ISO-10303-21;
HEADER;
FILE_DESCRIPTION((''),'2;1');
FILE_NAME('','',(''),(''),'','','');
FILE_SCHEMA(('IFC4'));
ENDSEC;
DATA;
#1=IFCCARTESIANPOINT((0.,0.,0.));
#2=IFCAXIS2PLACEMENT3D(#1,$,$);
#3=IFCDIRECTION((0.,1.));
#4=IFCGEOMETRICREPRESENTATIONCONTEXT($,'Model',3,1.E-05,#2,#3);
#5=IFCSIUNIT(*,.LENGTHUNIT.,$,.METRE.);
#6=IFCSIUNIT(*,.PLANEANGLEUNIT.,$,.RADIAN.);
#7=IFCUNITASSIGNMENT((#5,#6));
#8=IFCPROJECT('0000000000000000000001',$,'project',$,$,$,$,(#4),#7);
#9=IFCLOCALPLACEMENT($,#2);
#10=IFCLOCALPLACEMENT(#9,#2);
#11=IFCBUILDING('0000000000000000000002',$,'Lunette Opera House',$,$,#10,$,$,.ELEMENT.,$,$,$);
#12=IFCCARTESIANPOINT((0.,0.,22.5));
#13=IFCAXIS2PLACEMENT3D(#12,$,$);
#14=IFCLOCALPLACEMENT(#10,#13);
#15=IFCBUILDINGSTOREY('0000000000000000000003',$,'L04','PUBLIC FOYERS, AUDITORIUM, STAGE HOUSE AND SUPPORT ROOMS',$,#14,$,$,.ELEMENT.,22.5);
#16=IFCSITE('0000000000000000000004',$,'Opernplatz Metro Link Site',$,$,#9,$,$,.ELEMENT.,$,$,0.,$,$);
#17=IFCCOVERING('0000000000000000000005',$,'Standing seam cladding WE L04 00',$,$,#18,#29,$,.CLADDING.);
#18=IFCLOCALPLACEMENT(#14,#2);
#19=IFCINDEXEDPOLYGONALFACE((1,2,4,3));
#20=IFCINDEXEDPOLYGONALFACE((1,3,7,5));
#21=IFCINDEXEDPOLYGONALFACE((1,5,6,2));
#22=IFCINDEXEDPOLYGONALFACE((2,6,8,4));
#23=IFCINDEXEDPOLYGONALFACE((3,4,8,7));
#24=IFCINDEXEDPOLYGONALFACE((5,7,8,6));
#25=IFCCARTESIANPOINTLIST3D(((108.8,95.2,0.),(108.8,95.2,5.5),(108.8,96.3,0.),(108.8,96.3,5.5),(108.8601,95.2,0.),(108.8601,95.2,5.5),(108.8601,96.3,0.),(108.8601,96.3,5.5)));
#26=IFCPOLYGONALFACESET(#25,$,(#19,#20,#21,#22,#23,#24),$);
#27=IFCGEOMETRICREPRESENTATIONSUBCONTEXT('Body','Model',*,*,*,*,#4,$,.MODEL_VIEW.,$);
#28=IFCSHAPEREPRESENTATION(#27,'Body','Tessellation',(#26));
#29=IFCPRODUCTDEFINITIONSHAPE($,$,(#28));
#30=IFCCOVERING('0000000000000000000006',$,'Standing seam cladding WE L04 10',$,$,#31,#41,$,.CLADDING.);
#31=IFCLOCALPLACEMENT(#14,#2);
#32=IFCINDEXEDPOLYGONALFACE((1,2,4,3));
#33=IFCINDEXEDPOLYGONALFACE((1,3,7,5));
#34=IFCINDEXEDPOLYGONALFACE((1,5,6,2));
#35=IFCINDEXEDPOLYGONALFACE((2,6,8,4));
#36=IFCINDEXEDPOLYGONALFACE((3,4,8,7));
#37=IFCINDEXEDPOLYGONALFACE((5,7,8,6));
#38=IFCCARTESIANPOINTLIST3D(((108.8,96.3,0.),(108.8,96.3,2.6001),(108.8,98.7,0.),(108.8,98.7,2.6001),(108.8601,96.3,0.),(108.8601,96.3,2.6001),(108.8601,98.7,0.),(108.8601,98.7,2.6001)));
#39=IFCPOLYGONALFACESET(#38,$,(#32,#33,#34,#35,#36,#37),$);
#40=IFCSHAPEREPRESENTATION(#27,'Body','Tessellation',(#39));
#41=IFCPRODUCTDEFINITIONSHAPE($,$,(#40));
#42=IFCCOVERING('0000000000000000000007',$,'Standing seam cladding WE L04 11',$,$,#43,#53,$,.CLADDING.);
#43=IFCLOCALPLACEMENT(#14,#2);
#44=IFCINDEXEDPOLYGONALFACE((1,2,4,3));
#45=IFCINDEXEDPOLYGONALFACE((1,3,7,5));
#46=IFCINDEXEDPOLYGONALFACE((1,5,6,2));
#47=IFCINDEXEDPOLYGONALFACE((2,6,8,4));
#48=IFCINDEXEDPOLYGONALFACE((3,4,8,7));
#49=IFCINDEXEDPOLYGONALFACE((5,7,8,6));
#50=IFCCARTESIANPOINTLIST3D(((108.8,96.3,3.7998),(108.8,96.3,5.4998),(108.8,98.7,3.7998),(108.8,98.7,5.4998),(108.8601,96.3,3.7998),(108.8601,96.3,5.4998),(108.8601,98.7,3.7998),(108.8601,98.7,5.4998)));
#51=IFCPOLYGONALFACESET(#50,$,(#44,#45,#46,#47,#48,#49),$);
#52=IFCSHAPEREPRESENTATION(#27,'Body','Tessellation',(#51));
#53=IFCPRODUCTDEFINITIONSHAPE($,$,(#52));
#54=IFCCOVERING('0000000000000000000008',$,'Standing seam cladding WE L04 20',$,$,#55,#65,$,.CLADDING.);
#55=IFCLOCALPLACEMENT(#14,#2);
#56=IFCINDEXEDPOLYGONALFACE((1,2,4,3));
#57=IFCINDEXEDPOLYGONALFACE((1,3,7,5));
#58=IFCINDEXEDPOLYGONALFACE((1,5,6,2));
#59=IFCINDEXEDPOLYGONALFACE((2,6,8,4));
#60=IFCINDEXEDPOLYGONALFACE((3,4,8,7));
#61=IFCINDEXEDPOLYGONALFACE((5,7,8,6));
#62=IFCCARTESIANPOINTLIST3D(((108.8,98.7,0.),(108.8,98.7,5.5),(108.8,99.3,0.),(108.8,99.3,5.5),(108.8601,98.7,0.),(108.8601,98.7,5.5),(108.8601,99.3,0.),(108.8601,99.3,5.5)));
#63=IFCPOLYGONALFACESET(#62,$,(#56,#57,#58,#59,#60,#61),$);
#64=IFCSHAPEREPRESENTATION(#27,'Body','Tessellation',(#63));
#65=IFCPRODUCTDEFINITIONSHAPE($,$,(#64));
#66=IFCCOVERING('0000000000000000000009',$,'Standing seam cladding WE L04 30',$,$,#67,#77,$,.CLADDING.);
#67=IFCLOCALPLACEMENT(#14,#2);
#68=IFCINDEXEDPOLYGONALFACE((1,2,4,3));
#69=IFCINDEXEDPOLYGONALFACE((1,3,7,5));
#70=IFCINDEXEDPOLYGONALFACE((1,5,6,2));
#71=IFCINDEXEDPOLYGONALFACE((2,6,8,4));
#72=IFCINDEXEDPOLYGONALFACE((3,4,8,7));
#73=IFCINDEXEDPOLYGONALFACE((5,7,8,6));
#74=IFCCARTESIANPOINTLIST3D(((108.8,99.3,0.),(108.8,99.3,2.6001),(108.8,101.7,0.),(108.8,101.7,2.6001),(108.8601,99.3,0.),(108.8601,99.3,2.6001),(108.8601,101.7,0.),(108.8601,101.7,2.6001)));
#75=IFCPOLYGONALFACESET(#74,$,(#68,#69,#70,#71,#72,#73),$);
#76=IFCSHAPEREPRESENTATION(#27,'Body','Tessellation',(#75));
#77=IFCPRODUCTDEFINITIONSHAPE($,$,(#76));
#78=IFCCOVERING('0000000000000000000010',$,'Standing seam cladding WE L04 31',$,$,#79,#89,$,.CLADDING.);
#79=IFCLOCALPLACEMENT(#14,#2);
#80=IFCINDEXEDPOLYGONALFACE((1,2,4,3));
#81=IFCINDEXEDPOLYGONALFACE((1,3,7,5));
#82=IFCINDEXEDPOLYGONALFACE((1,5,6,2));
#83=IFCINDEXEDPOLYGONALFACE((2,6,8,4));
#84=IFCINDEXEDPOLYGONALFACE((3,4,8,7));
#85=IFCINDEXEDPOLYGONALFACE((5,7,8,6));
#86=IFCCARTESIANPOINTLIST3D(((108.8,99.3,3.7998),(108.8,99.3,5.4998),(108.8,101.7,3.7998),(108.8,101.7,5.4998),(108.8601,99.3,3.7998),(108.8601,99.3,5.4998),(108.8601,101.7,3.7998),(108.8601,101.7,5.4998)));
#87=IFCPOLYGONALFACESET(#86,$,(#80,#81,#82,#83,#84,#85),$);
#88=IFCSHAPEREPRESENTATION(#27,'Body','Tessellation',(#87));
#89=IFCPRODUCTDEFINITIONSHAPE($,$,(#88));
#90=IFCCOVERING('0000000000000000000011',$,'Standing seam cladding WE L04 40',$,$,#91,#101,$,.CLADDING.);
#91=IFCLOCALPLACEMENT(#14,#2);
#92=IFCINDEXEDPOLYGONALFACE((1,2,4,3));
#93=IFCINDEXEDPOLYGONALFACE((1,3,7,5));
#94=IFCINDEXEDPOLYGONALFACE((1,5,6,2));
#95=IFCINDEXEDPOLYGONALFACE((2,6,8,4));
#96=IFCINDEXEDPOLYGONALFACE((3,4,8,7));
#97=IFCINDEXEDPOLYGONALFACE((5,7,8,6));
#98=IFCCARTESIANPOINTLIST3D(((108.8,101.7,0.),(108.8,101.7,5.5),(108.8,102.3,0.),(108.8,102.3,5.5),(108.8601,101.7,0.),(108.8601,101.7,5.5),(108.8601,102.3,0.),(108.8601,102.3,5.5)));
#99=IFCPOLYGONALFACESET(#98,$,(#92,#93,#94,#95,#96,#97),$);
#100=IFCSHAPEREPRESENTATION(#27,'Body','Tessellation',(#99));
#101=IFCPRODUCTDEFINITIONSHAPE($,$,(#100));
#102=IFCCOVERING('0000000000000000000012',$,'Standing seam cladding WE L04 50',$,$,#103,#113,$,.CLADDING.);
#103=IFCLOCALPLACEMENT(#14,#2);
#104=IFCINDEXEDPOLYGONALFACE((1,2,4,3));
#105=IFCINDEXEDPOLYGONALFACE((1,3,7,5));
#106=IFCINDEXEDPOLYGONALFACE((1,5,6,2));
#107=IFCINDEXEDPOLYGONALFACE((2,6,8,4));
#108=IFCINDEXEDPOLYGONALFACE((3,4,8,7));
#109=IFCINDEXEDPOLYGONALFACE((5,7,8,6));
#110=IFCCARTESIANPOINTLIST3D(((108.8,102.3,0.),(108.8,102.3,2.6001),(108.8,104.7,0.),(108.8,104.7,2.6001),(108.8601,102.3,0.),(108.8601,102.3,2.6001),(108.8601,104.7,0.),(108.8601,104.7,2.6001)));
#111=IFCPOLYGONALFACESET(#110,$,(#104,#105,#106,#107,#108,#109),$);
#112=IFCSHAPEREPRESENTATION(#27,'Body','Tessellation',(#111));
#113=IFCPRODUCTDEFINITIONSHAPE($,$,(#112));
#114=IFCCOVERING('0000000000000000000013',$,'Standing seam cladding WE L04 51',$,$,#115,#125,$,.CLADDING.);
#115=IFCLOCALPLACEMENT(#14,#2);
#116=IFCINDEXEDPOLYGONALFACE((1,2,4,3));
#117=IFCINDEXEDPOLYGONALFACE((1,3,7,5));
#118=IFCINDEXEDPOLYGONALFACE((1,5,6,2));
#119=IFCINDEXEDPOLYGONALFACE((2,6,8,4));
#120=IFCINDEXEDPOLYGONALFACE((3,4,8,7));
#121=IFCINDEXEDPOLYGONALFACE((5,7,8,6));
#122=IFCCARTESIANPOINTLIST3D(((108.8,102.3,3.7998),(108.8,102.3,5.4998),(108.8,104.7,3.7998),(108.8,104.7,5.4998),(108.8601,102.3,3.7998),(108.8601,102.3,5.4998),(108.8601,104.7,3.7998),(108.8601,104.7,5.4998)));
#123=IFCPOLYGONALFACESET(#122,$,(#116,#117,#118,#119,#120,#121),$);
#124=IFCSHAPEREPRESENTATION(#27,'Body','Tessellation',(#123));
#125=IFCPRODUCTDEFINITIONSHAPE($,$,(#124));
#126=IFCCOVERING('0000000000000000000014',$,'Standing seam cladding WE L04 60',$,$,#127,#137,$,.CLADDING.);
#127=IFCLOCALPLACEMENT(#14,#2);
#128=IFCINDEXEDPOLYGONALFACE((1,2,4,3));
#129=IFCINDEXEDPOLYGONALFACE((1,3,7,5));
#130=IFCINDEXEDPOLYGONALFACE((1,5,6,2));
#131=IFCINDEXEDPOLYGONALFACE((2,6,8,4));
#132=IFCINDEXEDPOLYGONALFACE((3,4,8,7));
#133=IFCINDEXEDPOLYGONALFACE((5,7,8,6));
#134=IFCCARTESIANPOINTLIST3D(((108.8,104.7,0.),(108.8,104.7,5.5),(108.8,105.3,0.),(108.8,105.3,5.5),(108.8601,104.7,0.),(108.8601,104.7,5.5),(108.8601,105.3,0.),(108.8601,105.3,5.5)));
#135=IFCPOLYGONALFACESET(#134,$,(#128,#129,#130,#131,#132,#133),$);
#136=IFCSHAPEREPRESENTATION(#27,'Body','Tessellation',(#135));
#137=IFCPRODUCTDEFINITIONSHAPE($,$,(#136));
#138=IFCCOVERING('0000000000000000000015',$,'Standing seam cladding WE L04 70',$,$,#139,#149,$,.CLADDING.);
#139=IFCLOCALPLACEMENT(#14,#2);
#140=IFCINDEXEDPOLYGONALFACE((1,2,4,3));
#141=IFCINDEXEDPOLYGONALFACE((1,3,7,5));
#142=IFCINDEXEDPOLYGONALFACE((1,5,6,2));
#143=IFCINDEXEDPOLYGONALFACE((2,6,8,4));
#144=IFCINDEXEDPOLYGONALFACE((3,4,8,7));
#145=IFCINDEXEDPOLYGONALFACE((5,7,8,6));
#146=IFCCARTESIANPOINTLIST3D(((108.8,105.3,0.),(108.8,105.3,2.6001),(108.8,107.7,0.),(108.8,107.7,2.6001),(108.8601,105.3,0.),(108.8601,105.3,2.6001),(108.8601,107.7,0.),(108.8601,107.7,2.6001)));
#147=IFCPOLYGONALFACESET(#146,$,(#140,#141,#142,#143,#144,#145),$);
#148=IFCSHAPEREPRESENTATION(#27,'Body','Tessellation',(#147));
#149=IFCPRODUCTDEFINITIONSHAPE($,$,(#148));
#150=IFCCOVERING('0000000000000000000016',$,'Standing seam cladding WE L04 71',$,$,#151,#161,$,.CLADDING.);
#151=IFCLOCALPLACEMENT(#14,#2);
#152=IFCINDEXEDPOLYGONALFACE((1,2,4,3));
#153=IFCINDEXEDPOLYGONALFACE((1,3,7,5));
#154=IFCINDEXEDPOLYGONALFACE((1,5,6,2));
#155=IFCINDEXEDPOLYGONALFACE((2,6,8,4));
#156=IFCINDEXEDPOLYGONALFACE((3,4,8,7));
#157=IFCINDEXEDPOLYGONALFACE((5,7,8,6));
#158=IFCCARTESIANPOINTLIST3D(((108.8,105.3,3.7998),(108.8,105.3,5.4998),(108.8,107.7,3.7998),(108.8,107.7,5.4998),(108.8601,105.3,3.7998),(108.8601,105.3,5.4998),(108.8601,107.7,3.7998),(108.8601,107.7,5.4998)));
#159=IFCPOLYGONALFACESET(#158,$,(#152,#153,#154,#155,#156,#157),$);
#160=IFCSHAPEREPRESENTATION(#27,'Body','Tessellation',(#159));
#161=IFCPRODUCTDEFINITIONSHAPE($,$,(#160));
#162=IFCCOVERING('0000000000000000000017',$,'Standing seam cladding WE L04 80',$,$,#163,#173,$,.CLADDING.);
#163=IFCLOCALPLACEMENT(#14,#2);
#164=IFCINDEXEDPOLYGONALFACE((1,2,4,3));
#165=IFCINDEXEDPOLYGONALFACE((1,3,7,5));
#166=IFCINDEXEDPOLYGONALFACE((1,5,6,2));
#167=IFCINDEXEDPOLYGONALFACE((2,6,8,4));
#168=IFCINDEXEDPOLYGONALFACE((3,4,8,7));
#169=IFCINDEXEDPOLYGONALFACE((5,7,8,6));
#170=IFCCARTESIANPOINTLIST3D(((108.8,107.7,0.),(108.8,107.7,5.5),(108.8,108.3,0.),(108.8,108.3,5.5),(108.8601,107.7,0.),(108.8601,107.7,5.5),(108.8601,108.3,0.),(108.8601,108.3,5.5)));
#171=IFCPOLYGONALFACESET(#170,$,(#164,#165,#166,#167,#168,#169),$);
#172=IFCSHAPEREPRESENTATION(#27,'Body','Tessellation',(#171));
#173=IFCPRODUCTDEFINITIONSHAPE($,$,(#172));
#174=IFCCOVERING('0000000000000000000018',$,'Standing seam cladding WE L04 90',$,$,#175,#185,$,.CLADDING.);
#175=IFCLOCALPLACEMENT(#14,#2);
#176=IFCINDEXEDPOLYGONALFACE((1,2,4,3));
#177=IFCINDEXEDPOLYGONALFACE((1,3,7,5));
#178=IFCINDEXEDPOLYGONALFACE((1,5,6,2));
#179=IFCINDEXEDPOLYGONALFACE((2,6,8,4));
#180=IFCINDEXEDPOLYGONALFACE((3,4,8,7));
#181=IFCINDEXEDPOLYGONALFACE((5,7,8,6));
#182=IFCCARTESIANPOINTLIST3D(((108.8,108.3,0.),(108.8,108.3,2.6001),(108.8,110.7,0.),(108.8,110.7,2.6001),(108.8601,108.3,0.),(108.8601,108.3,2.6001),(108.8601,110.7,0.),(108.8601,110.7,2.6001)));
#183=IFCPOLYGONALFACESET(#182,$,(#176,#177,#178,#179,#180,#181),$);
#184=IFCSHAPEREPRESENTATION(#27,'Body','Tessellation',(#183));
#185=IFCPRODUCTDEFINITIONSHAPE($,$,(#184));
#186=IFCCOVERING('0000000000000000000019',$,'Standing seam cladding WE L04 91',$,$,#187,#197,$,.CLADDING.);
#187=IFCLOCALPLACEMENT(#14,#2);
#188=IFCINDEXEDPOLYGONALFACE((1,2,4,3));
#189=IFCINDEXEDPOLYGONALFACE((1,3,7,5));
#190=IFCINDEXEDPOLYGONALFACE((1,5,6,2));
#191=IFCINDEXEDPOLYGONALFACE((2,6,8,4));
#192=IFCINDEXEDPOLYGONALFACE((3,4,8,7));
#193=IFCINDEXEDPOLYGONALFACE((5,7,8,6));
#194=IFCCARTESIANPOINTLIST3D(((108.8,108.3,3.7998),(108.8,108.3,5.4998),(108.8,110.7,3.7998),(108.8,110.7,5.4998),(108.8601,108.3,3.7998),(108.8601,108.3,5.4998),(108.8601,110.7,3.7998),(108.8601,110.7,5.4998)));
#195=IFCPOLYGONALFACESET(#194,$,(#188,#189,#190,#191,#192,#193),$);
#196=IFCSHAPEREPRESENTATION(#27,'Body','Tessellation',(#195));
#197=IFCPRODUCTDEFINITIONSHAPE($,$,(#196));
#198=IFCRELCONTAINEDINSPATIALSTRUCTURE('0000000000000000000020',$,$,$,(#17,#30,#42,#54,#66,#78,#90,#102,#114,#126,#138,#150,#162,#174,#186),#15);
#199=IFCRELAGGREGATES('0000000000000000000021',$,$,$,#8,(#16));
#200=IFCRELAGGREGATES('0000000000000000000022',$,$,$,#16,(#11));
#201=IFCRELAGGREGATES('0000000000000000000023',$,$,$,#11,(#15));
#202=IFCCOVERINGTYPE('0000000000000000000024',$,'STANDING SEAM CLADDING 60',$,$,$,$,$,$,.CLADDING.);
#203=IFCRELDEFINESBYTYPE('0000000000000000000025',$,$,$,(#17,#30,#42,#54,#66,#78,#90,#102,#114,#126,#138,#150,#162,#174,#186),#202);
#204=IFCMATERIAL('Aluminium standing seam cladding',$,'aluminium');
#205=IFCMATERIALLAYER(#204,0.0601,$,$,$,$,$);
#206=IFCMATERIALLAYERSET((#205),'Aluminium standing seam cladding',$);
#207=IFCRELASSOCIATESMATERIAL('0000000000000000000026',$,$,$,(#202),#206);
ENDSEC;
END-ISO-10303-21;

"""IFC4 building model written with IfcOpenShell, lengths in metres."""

from ifc_helpers import new_model, si_unit, direction, frame, origin, origin_2d, place, context, subcontext, project, spatial, rectangle, extrude, material, layer, layer_set, type_object, element, save


model = new_model("IFC4")

# Units and contexts
model_context = context("Model", 3, precision=1e-05, world=origin(), true_north=direction((0.0, 1.0)))
body_context = subcontext(model_context, "Body", "Model", "MODEL_VIEW")
ifc_project = project(units=[si_unit("LENGTHUNIT", "METRE"), si_unit("PLANEANGLEUNIT", "RADIAN")], contexts=[model_context])

# Site, building, storey
site_placement = place(None, origin())
site = spatial("IfcSite", under=ifc_project, at=site_placement, Name="Opernplatz Metro Link Site", CompositionType="ELEMENT", RefElevation=0.0)
building_placement = place(site_placement, origin())
building = spatial("IfcBuilding", under=site, at=building_placement, Name="Lunette Opera House", CompositionType="ELEMENT")
storey_placement = place(building_placement, frame((0.0, 0.0, 22.5)))
storey = spatial("IfcBuildingStorey", under=building, at=storey_placement, Name="L04", Description="PUBLIC FOYERS, AUDITORIUM, STAGE HOUSE AND SUPPORT ROOMS", CompositionType="ELEMENT", Elevation=22.5)

# Coverings
ifc_material_1 = material(Name="Aluminium standing seam cladding", Category="aluminium")
ifc_layer_1 = layer(ifc_material_1, 0.0601)
ifc_layer_set_1 = layer_set([ifc_layer_1], Name="Aluminium standing seam cladding")
covering_type_1 = type_object("IfcCoveringType", Name="STANDING SEAM CLADDING 60", PredefinedType="CLADDING", material=ifc_layer_set_1)
covering_1_placement = place(storey_placement, frame((108.8301, 95.75, 0.0), z_axis=(0.0, 0.0, 1.0), x_axis=(0.0, 1.0, 0.0)))
element("IfcCovering", 1, at=covering_1_placement, inside=storey, type_object=covering_type_1, Name="Standing seam cladding WE L04 00", PredefinedType="CLADDING", context=body_context, shape_type="SweptSolid", body=[
    extrude(rectangle(XDim=1.1001, YDim=0.0601, at=origin_2d()), origin(), (0.0, 0.0, 1.0), 5.5),
])
covering_2_placement = place(storey_placement, frame((108.8301, 97.5, 0.0), z_axis=(0.0, 0.0, 1.0), x_axis=(0.0, 1.0, 0.0)))
element("IfcCovering", 2, at=covering_2_placement, inside=storey, type_object=covering_type_1, Name="Standing seam cladding WE L04 10", PredefinedType="CLADDING", context=body_context, shape_type="SweptSolid", body=[
    extrude(rectangle(XDim=2.3999, YDim=0.0601, at=origin_2d()), origin(), (0.0, 0.0, 1.0), 2.6001),
])
covering_3_placement = place(storey_placement, frame((108.8301, 97.5, 3.7998), z_axis=(0.0, 0.0, 1.0), x_axis=(0.0, 1.0, 0.0)))
element("IfcCovering", 3, at=covering_3_placement, inside=storey, type_object=covering_type_1, Name="Standing seam cladding WE L04 11", PredefinedType="CLADDING", context=body_context, shape_type="SweptSolid", body=[
    extrude(rectangle(XDim=2.3999, YDim=0.0601, at=origin_2d()), origin(), (0.0, 0.0, 1.0), 1.7),
])
covering_4_placement = place(storey_placement, frame((108.8301, 99.0, 0.0), z_axis=(0.0, 0.0, 1.0), x_axis=(0.0, 1.0, 0.0)))
element("IfcCovering", 4, at=covering_4_placement, inside=storey, type_object=covering_type_1, Name="Standing seam cladding WE L04 20", PredefinedType="CLADDING", context=body_context, shape_type="SweptSolid", body=[
    extrude(rectangle(XDim=0.6001, YDim=0.0601, at=origin_2d()), origin(), (0.0, 0.0, 1.0), 5.5),
])
covering_5_placement = place(storey_placement, frame((108.8301, 100.5, 0.0), z_axis=(0.0, 0.0, 1.0), x_axis=(0.0, 1.0, 0.0)))
element("IfcCovering", 5, at=covering_5_placement, inside=storey, type_object=covering_type_1, Name="Standing seam cladding WE L04 30", PredefinedType="CLADDING", context=body_context, shape_type="SweptSolid", body=[
    extrude(rectangle(XDim=2.3999, YDim=0.0601, at=origin_2d()), origin(), (0.0, 0.0, 1.0), 2.6001),
])
covering_6_placement = place(storey_placement, frame((108.8301, 100.5, 3.7998), z_axis=(0.0, 0.0, 1.0), x_axis=(0.0, 1.0, 0.0)))
element("IfcCovering", 6, at=covering_6_placement, inside=storey, type_object=covering_type_1, Name="Standing seam cladding WE L04 31", PredefinedType="CLADDING", context=body_context, shape_type="SweptSolid", body=[
    extrude(rectangle(XDim=2.3999, YDim=0.0601, at=origin_2d()), origin(), (0.0, 0.0, 1.0), 1.7),
])
covering_7_placement = place(storey_placement, frame((108.8301, 102.0, 0.0), z_axis=(0.0, 0.0, 1.0), x_axis=(0.0, 1.0, 0.0)))
element("IfcCovering", 7, at=covering_7_placement, inside=storey, type_object=covering_type_1, Name="Standing seam cladding WE L04 40", PredefinedType="CLADDING", context=body_context, shape_type="SweptSolid", body=[
    extrude(rectangle(XDim=0.6001, YDim=0.0601, at=origin_2d()), origin(), (0.0, 0.0, 1.0), 5.5),
])
covering_8_placement = place(storey_placement, frame((108.8301, 103.5, 0.0), z_axis=(0.0, 0.0, 1.0), x_axis=(0.0, 1.0, 0.0)))
element("IfcCovering", 8, at=covering_8_placement, inside=storey, type_object=covering_type_1, Name="Standing seam cladding WE L04 50", PredefinedType="CLADDING", context=body_context, shape_type="SweptSolid", body=[
    extrude(rectangle(XDim=2.3999, YDim=0.0601, at=origin_2d()), origin(), (0.0, 0.0, 1.0), 2.6001),
])
covering_9_placement = place(storey_placement, frame((108.8301, 103.5, 3.7998), z_axis=(0.0, 0.0, 1.0), x_axis=(0.0, 1.0, 0.0)))
element("IfcCovering", 9, at=covering_9_placement, inside=storey, type_object=covering_type_1, Name="Standing seam cladding WE L04 51", PredefinedType="CLADDING", context=body_context, shape_type="SweptSolid", body=[
    extrude(rectangle(XDim=2.3999, YDim=0.0601, at=origin_2d()), origin(), (0.0, 0.0, 1.0), 1.7),
])
covering_10_placement = place(storey_placement, frame((108.8301, 105.0, 0.0), z_axis=(0.0, 0.0, 1.0), x_axis=(0.0, 1.0, 0.0)))
element("IfcCovering", 10, at=covering_10_placement, inside=storey, type_object=covering_type_1, Name="Standing seam cladding WE L04 60", PredefinedType="CLADDING", context=body_context, shape_type="SweptSolid", body=[
    extrude(rectangle(XDim=0.6001, YDim=0.0601, at=origin_2d()), origin(), (0.0, 0.0, 1.0), 5.5),
])
covering_11_placement = place(storey_placement, frame((108.8301, 106.5, 0.0), z_axis=(0.0, 0.0, 1.0), x_axis=(0.0, 1.0, 0.0)))
element("IfcCovering", 11, at=covering_11_placement, inside=storey, type_object=covering_type_1, Name="Standing seam cladding WE L04 70", PredefinedType="CLADDING", context=body_context, shape_type="SweptSolid", body=[
    extrude(rectangle(XDim=2.3999, YDim=0.0601, at=origin_2d()), origin(), (0.0, 0.0, 1.0), 2.6001),
])
covering_12_placement = place(storey_placement, frame((108.8301, 106.5, 3.7998), z_axis=(0.0, 0.0, 1.0), x_axis=(0.0, 1.0, 0.0)))
element("IfcCovering", 12, at=covering_12_placement, inside=storey, type_object=covering_type_1, Name="Standing seam cladding WE L04 71", PredefinedType="CLADDING", context=body_context, shape_type="SweptSolid", body=[
    extrude(rectangle(XDim=2.3999, YDim=0.0601, at=origin_2d()), origin(), (0.0, 0.0, 1.0), 1.7),
])
covering_13_placement = place(storey_placement, frame((108.8301, 108.0, 0.0), z_axis=(0.0, 0.0, 1.0), x_axis=(0.0, 1.0, 0.0)))
element("IfcCovering", 13, at=covering_13_placement, inside=storey, type_object=covering_type_1, Name="Standing seam cladding WE L04 80", PredefinedType="CLADDING", context=body_context, shape_type="SweptSolid", body=[
    extrude(rectangle(XDim=0.6001, YDim=0.0601, at=origin_2d()), origin(), (0.0, 0.0, 1.0), 5.5),
])
covering_14_placement = place(storey_placement, frame((108.8301, 109.5, 0.0), z_axis=(0.0, 0.0, 1.0), x_axis=(0.0, 1.0, 0.0)))
element("IfcCovering", 14, at=covering_14_placement, inside=storey, type_object=covering_type_1, Name="Standing seam cladding WE L04 90", PredefinedType="CLADDING", context=body_context, shape_type="SweptSolid", body=[
    extrude(rectangle(XDim=2.3999, YDim=0.0601, at=origin_2d()), origin(), (0.0, 0.0, 1.0), 2.6001),
])
covering_15_placement = place(storey_placement, frame((108.8301, 109.5, 3.7998), z_axis=(0.0, 0.0, 1.0), x_axis=(0.0, 1.0, 0.0)))
element("IfcCovering", 15, at=covering_15_placement, inside=storey, type_object=covering_type_1, Name="Standing seam cladding WE L04 91", PredefinedType="CLADDING", context=body_context, shape_type="SweptSolid", body=[
    extrude(rectangle(XDim=2.3999, YDim=0.0601, at=origin_2d()), origin(), (0.0, 0.0, 1.0), 1.7),
])

save(model, "model.ifc")
